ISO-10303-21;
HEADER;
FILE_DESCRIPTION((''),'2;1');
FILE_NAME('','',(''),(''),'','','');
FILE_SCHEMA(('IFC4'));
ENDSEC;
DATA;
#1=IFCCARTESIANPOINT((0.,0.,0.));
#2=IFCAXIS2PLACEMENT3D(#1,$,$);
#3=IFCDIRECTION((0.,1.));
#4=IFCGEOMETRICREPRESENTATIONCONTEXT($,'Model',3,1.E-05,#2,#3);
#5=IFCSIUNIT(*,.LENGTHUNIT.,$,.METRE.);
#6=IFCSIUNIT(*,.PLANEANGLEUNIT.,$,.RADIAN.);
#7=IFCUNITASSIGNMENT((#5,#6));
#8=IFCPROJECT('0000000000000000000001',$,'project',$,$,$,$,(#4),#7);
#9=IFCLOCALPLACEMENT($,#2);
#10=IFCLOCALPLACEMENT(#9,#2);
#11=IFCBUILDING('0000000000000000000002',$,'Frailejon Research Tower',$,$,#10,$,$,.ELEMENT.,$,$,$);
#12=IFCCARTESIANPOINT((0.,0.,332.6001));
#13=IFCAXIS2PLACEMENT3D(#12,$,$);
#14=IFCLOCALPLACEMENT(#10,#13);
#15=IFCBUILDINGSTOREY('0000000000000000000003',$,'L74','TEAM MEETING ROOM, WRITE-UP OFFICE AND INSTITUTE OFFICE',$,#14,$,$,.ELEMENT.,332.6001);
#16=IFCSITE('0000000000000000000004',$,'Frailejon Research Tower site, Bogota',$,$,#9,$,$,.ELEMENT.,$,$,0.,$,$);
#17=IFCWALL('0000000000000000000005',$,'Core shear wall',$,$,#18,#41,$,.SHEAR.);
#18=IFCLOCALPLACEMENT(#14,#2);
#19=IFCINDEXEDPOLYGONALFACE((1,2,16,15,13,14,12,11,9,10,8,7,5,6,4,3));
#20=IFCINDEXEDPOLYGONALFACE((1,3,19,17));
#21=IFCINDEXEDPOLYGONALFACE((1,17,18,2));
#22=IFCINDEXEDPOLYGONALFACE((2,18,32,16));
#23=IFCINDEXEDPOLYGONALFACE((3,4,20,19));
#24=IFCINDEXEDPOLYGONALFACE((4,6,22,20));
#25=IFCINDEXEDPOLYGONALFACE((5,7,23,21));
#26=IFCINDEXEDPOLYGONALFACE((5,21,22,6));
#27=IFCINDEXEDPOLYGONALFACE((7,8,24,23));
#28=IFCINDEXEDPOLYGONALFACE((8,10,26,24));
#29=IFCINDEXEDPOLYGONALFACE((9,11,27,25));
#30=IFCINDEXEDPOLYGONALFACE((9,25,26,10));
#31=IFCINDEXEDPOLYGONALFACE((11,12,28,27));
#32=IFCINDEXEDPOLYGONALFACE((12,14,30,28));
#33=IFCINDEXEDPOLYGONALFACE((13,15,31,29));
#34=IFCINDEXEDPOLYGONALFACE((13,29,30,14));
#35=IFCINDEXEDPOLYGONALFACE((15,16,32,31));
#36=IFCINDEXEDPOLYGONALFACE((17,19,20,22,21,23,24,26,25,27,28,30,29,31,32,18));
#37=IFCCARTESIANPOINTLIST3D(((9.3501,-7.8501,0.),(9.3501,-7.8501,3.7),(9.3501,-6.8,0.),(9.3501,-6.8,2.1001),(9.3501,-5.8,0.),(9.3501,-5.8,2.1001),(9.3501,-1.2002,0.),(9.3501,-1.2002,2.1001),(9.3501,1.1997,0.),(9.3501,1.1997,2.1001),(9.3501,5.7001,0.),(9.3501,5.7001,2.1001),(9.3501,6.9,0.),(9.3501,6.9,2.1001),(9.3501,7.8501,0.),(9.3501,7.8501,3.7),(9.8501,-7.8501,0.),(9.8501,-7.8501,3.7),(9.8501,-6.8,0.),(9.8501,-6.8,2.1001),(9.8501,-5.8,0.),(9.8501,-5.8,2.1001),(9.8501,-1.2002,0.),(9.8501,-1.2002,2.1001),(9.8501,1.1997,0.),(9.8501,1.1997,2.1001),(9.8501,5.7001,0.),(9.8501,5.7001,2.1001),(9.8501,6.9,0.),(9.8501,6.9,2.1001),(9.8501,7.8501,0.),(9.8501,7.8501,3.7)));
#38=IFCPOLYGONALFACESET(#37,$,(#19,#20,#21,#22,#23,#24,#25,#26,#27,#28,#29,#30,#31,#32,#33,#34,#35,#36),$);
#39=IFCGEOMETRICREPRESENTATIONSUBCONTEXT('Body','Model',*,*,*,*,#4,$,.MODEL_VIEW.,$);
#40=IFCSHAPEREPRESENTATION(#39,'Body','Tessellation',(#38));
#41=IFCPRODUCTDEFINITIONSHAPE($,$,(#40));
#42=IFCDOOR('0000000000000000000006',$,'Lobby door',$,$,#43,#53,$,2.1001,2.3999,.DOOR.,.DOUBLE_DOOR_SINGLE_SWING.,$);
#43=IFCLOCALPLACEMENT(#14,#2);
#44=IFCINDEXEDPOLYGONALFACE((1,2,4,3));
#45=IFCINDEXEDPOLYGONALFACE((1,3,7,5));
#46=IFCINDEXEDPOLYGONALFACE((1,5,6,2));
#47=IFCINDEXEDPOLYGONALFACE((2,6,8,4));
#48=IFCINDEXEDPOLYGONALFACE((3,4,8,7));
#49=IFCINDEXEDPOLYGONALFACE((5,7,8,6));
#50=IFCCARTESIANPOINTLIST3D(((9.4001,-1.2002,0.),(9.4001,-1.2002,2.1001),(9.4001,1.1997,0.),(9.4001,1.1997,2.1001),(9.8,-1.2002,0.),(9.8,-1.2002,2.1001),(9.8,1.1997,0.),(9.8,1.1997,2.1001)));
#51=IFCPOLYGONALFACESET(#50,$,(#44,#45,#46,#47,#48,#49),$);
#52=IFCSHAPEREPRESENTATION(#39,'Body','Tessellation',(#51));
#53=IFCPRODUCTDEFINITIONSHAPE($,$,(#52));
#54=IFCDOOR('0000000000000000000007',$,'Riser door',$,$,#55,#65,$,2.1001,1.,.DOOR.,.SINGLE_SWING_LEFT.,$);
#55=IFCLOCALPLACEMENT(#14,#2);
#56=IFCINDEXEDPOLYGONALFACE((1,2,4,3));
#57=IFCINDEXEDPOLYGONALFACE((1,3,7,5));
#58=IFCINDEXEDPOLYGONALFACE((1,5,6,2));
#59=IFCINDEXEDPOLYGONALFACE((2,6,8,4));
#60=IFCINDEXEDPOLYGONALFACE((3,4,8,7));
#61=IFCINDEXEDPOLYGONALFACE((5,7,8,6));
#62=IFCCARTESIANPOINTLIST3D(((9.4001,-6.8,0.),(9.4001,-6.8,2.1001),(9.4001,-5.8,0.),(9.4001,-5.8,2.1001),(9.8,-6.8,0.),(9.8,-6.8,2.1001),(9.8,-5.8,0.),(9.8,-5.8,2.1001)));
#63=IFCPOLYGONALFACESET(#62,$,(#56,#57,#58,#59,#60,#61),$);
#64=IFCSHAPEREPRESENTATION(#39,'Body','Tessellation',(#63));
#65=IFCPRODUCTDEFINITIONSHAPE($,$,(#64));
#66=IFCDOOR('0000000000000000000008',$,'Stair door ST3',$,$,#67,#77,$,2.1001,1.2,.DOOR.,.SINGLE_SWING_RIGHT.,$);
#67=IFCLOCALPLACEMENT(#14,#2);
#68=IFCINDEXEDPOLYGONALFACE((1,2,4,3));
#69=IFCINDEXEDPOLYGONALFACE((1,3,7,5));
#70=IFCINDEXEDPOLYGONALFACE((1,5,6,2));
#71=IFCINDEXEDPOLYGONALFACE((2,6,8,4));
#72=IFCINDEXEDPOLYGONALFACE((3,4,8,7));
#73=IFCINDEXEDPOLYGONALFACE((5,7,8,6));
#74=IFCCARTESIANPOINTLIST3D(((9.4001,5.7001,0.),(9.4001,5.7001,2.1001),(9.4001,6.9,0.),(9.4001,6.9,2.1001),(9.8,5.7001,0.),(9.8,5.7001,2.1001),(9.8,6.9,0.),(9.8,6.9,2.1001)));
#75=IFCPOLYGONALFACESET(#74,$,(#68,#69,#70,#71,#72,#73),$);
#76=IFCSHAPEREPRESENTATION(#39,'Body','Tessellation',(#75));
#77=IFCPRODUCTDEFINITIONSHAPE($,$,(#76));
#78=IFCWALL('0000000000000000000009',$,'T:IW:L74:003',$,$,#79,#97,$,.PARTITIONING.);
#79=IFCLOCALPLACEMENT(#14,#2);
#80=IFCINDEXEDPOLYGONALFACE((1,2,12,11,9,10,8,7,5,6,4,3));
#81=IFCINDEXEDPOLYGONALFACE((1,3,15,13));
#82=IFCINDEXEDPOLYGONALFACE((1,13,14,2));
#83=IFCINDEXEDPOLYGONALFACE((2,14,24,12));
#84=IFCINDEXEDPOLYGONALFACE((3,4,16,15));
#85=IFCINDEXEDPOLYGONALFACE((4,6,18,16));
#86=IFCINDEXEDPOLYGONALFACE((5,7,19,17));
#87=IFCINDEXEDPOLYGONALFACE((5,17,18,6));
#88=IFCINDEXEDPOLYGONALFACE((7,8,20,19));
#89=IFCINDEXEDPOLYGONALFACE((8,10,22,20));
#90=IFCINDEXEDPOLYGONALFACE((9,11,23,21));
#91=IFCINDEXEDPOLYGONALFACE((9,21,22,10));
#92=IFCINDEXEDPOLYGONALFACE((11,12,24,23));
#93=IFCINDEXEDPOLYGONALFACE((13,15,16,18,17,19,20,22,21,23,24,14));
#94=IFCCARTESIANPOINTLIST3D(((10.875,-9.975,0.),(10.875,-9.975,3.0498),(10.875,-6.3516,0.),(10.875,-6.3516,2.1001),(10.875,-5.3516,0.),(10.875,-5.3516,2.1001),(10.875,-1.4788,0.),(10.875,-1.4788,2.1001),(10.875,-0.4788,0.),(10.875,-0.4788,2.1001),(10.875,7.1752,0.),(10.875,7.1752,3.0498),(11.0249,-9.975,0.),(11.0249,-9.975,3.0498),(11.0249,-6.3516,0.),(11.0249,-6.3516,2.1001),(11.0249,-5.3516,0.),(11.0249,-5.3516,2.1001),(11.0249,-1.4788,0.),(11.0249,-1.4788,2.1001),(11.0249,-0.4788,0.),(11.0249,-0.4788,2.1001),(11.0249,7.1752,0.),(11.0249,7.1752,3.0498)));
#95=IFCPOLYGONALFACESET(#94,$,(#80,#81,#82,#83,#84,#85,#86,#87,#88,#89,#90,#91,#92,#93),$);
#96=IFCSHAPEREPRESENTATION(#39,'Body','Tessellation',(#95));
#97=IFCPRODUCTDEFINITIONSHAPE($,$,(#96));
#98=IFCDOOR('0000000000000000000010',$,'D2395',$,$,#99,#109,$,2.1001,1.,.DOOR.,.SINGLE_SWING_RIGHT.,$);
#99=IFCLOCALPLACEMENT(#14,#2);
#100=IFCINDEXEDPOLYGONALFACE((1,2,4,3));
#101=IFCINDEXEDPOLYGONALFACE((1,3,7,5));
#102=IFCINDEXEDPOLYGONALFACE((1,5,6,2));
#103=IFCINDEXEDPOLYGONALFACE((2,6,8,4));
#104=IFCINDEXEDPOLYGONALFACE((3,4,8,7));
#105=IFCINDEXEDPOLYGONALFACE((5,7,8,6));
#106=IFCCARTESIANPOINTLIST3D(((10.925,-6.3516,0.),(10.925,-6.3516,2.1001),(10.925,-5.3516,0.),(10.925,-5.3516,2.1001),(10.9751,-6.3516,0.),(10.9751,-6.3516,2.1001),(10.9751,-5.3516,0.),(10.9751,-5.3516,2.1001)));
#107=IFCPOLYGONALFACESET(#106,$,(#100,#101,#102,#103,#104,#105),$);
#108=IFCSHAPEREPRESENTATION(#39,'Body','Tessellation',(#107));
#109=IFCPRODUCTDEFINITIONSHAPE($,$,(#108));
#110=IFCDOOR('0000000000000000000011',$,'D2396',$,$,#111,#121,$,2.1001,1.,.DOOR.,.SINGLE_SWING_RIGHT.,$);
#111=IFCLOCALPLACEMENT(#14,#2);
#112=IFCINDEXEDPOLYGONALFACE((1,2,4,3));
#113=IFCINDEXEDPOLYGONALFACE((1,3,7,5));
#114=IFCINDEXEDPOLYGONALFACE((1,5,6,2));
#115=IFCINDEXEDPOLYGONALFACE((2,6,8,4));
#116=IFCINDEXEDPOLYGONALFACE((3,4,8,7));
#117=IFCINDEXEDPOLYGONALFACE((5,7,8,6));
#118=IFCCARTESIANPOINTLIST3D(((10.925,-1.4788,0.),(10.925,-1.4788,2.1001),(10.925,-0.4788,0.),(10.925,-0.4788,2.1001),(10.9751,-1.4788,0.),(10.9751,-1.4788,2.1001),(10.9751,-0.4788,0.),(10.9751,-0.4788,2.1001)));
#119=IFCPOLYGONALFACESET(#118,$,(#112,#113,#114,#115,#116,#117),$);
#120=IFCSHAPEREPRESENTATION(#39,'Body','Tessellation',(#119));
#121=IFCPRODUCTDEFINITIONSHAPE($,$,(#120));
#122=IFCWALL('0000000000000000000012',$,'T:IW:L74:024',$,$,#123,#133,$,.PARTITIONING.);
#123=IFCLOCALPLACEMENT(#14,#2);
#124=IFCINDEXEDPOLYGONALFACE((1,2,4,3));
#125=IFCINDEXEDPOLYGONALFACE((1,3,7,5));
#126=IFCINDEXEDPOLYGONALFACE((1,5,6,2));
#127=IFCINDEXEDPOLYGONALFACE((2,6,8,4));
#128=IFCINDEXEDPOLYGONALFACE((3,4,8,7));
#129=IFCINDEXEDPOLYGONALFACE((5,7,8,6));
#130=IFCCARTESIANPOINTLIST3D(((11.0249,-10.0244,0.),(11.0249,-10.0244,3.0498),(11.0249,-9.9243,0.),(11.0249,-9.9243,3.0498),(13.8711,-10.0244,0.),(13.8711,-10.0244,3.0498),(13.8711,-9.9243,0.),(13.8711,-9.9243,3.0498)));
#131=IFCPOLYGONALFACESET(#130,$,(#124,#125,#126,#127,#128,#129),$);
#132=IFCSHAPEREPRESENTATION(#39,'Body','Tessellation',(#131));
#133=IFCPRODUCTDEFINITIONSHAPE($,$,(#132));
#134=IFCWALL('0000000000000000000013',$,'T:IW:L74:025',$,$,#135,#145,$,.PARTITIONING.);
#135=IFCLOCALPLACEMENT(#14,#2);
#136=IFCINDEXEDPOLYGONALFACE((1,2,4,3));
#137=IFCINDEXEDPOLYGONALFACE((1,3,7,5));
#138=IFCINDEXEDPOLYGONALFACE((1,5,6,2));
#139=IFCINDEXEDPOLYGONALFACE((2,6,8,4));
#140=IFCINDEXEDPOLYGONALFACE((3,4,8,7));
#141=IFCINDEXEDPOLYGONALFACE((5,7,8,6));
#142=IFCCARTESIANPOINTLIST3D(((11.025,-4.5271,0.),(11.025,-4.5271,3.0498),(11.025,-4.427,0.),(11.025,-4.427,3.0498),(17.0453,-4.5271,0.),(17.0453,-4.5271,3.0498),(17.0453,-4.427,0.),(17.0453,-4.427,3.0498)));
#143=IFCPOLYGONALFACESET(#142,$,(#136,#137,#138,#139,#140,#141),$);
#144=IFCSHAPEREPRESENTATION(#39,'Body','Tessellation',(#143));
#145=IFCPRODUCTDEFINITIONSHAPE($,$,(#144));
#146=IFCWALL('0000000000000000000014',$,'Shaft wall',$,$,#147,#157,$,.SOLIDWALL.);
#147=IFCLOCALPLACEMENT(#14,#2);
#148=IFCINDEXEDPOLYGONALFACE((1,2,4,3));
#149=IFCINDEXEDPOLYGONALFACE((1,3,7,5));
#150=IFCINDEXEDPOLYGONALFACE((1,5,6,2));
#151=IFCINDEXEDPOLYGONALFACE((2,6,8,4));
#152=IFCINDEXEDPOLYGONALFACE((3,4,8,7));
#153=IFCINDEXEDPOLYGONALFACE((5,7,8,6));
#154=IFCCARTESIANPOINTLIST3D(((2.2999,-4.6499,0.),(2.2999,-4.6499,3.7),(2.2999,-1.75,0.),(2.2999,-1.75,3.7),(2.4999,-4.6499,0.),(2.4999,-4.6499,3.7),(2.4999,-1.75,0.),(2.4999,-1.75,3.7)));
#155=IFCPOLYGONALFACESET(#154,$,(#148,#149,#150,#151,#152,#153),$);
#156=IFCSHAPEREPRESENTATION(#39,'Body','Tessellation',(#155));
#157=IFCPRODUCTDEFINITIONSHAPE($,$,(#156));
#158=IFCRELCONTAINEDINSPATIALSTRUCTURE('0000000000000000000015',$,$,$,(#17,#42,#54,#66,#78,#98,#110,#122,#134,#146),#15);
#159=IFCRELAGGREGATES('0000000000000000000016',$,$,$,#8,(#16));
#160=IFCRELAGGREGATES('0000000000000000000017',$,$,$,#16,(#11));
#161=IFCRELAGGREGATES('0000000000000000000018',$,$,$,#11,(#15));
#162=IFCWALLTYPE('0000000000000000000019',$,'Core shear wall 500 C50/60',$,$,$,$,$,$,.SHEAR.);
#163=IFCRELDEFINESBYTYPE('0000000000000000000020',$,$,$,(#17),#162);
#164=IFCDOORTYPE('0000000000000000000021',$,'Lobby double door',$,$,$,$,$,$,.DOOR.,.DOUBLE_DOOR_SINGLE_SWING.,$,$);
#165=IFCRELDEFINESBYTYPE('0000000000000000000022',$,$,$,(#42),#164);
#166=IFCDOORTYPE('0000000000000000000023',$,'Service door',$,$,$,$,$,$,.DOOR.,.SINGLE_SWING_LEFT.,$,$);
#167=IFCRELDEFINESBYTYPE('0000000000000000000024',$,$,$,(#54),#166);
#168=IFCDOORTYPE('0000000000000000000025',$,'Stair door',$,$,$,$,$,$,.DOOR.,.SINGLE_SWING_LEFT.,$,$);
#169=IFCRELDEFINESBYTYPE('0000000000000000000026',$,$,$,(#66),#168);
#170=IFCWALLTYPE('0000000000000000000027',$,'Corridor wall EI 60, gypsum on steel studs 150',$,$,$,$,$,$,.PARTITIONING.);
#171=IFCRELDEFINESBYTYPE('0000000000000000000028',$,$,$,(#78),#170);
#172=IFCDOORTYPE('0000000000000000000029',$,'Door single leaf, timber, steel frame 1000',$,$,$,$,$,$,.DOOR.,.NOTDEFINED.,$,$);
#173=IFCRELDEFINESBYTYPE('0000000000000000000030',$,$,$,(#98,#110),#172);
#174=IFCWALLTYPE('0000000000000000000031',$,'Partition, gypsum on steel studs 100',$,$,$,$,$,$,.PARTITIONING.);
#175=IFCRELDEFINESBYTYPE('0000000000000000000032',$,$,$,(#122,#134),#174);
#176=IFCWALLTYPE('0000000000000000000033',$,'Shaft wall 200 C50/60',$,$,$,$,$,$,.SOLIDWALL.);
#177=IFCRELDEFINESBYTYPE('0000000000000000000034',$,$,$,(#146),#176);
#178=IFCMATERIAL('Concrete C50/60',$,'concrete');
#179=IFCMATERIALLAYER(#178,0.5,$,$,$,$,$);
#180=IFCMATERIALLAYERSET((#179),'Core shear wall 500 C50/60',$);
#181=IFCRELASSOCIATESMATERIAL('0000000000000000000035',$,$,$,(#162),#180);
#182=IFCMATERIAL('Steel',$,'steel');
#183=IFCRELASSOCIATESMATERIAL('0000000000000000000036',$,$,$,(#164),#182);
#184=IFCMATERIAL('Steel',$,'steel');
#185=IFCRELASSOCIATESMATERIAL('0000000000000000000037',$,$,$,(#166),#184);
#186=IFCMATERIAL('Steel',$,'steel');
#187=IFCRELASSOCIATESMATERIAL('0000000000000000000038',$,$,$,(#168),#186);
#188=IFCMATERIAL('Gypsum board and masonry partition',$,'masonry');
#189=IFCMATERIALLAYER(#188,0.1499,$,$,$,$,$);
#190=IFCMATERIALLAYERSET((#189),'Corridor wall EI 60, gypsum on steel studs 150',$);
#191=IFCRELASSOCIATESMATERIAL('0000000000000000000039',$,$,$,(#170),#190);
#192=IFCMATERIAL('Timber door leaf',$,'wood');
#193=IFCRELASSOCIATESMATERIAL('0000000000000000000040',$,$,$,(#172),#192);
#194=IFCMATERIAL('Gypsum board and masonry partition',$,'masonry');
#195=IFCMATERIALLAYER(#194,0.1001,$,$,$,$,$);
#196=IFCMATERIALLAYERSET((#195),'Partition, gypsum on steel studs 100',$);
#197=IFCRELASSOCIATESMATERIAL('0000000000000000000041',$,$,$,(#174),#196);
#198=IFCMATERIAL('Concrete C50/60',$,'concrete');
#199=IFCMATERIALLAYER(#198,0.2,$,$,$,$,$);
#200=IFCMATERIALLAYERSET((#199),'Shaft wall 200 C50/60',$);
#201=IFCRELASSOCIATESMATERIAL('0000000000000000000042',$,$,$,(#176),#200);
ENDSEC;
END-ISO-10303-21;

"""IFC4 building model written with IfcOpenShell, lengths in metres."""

from ifc_helpers import new_model, si_unit, direction, frame, frame_2d, origin, place, context, subcontext, project, spatial, rectangle, extrude, material, layer, layer_set, type_object, element, fill, save


model = new_model("IFC4")

# Units and contexts
model_context = context("Model", 3, precision=1e-05, world=origin(), true_north=direction((0.0, 1.0)))
body_context = subcontext(model_context, "Body", "Model", "MODEL_VIEW")
ifc_project = project(units=[si_unit("LENGTHUNIT", "METRE"), si_unit("PLANEANGLEUNIT", "RADIAN")], contexts=[model_context])

# Site, building, storey
site_placement = place(None, origin())
site = spatial("IfcSite", under=ifc_project, at=site_placement, Name="Frailejon Research Tower site, Bogota", CompositionType="ELEMENT", RefElevation=0.0)
building_placement = place(site_placement, origin())
building = spatial("IfcBuilding", under=site, at=building_placement, Name="Frailejon Research Tower", CompositionType="ELEMENT")
storey_placement = place(building_placement, frame((0.0, 0.0, 332.6001)))
storey = spatial("IfcBuildingStorey", under=building, at=storey_placement, Name="L74", Description="TEAM MEETING ROOM, WRITE-UP OFFICE AND INSTITUTE OFFICE", CompositionType="ELEMENT", Elevation=332.6001)

# Walls, openings, doors
ifc_material_1 = material(Name="Concrete C50/60", Category="concrete")
ifc_layer_1 = layer(ifc_material_1, 0.5)
ifc_layer_set_1 = layer_set([ifc_layer_1], Name="Core shear wall 500 C50/60")
wall_type_1 = type_object("IfcWallType", Name="Core shear wall 500 C50/60", PredefinedType="SHEAR", material=ifc_layer_set_1)
wall_1_placement = place(storey_placement, frame((9.6001, -7.8501, 0.0), z_axis=(0.0, 0.0, 1.0), x_axis=(0.0, 1.0, 0.0)))
wall_1 = element("IfcWall", 1, at=wall_1_placement, inside=storey, type_object=wall_type_1, Name="Core shear wall", PredefinedType="SHEAR", context=body_context, shape_type="SweptSolid", body=[
    extrude(rectangle(XDim=15.7002, YDim=0.5, at=frame_2d((7.8501, 0.0))), origin(), (0.0, 0.0, 1.0), 3.7),
])
opening_1_placement = place(wall_1_placement, frame((6.6499, 0.0, 0.0)))
opening_1 = element("IfcOpeningElement", 2, at=opening_1_placement, cuts=wall_1, PredefinedType="OPENING", context=body_context, shape_type="SweptSolid", body=[
    extrude(rectangle(XDim=2.3999, YDim=2.1001, at=frame_2d((1.2, 1.05))), frame((0.0, 0.26, 0.0), z_axis=(0.0, -1.0, 0.0), x_axis=(1.0, 0.0, 0.0)), (0.0, 0.0, 1.0), 0.52),
])
opening_2_placement = place(wall_1_placement, frame((13.55, 0.0, 0.0)))
opening_2 = element("IfcOpeningElement", 3, at=opening_2_placement, cuts=wall_1, PredefinedType="OPENING", context=body_context, shape_type="SweptSolid", body=[
    extrude(rectangle(XDim=1.2, YDim=2.1001, at=frame_2d((0.6001, 1.05))), frame((0.0, 0.26, 0.0), z_axis=(0.0, -1.0, 0.0), x_axis=(1.0, 0.0, 0.0)), (0.0, 0.0, 1.0), 0.52),
])
opening_3_placement = place(wall_1_placement, frame((1.05, 0.0, 0.0)))
opening_3 = element("IfcOpeningElement", 4, at=opening_3_placement, cuts=wall_1, PredefinedType="OPENING", context=body_context, shape_type="SweptSolid", body=[
    extrude(rectangle(XDim=1.0, YDim=2.1001, at=frame_2d((0.5, 1.05))), frame((0.0, 0.26, 0.0), z_axis=(0.0, -1.0, 0.0), x_axis=(1.0, 0.0, 0.0)), (0.0, 0.0, 1.0), 0.52),
])
ifc_material_2 = material(Name="Steel", Category="steel")
door_type_1 = type_object("IfcDoorType", Name="Lobby double door", OperationType="DOUBLE_DOOR_SINGLE_SWING", PredefinedType="DOOR", material=ifc_material_2)
door_1_placement = place(opening_1_placement, origin())
door_1 = element("IfcDoor", 5, at=door_1_placement, inside=storey, type_object=door_type_1, Name="Lobby door", OperationType="DOUBLE_DOOR_SINGLE_SWING", OverallHeight=2.1001, OverallWidth=2.3999, PredefinedType="DOOR", context=body_context, shape_type="SweptSolid", body=[
    extrude(rectangle(XDim=2.3999, YDim=2.1001, at=frame_2d((1.2, 1.05))), frame((0.0, 0.2, 0.0), z_axis=(0.0, -1.0, 0.0), x_axis=(1.0, 0.0, 0.0)), (0.0, 0.0, 1.0), 0.3999),
])
fill(opening_1, door_1)
ifc_material_3 = material(Name="Steel", Category="steel")
door_type_2 = type_object("IfcDoorType", Name="Service door", OperationType="SINGLE_SWING_LEFT", PredefinedType="DOOR", material=ifc_material_3)
door_2_placement = place(opening_3_placement, origin())
door_2 = element("IfcDoor", 6, at=door_2_placement, inside=storey, type_object=door_type_2, Name="Riser door", OperationType="SINGLE_SWING_LEFT", OverallHeight=2.1001, OverallWidth=1.0, PredefinedType="DOOR", context=body_context, shape_type="SweptSolid", body=[
    extrude(rectangle(XDim=1.0, YDim=2.1001, at=frame_2d((0.5, 1.05))), frame((0.0, 0.2, 0.0), z_axis=(0.0, -1.0, 0.0), x_axis=(1.0, 0.0, 0.0)), (0.0, 0.0, 1.0), 0.3999),
])
fill(opening_3, door_2)
ifc_material_4 = material(Name="Steel", Category="steel")
door_type_3 = type_object("IfcDoorType", Name="Stair door", OperationType="SINGLE_SWING_LEFT", PredefinedType="DOOR", material=ifc_material_4)
door_3_placement = place(opening_2_placement, origin())
door_3 = element("IfcDoor", 7, at=door_3_placement, inside=storey, type_object=door_type_3, Name="Stair door ST3", OperationType="SINGLE_SWING_RIGHT", OverallHeight=2.1001, OverallWidth=1.2, PredefinedType="DOOR", context=body_context, shape_type="SweptSolid", body=[
    extrude(rectangle(XDim=1.2, YDim=2.1001, at=frame_2d((0.6001, 1.05))), frame((0.0, 0.2, 0.0), z_axis=(0.0, -1.0, 0.0), x_axis=(1.0, 0.0, 0.0)), (0.0, 0.0, 1.0), 0.3999),
])
fill(opening_2, door_3)
ifc_material_5 = material(Name="Gypsum board and masonry partition", Category="masonry")
ifc_layer_2 = layer(ifc_material_5, 0.1499)
ifc_layer_set_2 = layer_set([ifc_layer_2], Name="Corridor wall EI 60, gypsum on steel studs 150")
wall_type_2 = type_object("IfcWallType", Name="Corridor wall EI 60, gypsum on steel studs 150", PredefinedType="PARTITIONING", material=ifc_layer_set_2)
wall_2_placement = place(storey_placement, frame((10.95, -9.9751, 0.0), z_axis=(0.0, 0.0, 1.0), x_axis=(0.0, 1.0, 0.0)))
wall_2 = element("IfcWall", 8, at=wall_2_placement, inside=storey, type_object=wall_type_2, Name="T:IW:L74:003", PredefinedType="PARTITIONING", context=body_context, shape_type="SweptSolid", body=[
    extrude(rectangle(XDim=17.1501, YDim=0.1499, at=frame_2d((8.5752, 0.0))), origin(), (0.0, 0.0, 1.0), 3.0498),
])
opening_4_placement = place(wall_2_placement, frame((3.6235, 0.0, 0.0)))
opening_4 = element("IfcOpeningElement", 9, at=opening_4_placement, cuts=wall_2, PredefinedType="OPENING", context=body_context, shape_type="SweptSolid", body=[
    extrude(rectangle(XDim=1.0, YDim=2.1001, at=frame_2d((0.5, 1.05))), frame((0.0, 0.085, 0.0), z_axis=(0.0, -1.0, 0.0), x_axis=(1.0, 0.0, 0.0)), (0.0, 0.0, 1.0), 0.1699),
])
opening_5_placement = place(wall_2_placement, frame((8.4963, 0.0, 0.0)))
opening_5 = element("IfcOpeningElement", 10, at=opening_5_placement, cuts=wall_2, PredefinedType="OPENING", context=body_context, shape_type="SweptSolid", body=[
    extrude(rectangle(XDim=1.0, YDim=2.1001, at=frame_2d((0.5, 1.05))), frame((0.0, 0.085, 0.0), z_axis=(0.0, -1.0, 0.0), x_axis=(1.0, 0.0, 0.0)), (0.0, 0.0, 1.0), 0.1699),
])
ifc_material_6 = material(Name="Timber door leaf", Category="wood")
door_type_4 = type_object("IfcDoorType", Name="Door single leaf, timber, steel frame 1000", OperationType="NOTDEFINED", PredefinedType="DOOR", material=ifc_material_6)
door_4_placement = place(opening_4_placement, origin())
door_4 = element("IfcDoor", 11, at=door_4_placement, inside=storey, type_object=door_type_4, Name="D2395", OperationType="SINGLE_SWING_RIGHT", OverallHeight=2.1001, OverallWidth=1.0, PredefinedType="DOOR", context=body_context, shape_type="SweptSolid", body=[
    extrude(rectangle(XDim=1.0, YDim=2.1001, at=frame_2d((0.5, 1.05))), frame((0.0, 0.0249, 0.0), z_axis=(0.0, -1.0, 0.0), x_axis=(1.0, 0.0, 0.0)), (0.0, 0.0, 1.0), 0.05),
])
fill(opening_4, door_4)
door_5_placement = place(opening_5_placement, origin())
door_5 = element("IfcDoor", 12, at=door_5_placement, inside=storey, type_object=door_type_4, Name="D2396", OperationType="SINGLE_SWING_RIGHT", OverallHeight=2.1001, OverallWidth=1.0, PredefinedType="DOOR", context=body_context, shape_type="SweptSolid", body=[
    extrude(rectangle(XDim=1.0, YDim=2.1001, at=frame_2d((0.5, 1.05))), frame((0.0, 0.0249, 0.0), z_axis=(0.0, -1.0, 0.0), x_axis=(1.0, 0.0, 0.0)), (0.0, 0.0, 1.0), 0.05),
])
fill(opening_5, door_5)

# Walls
ifc_material_7 = material(Name="Gypsum board and masonry partition", Category="masonry")
ifc_layer_3 = layer(ifc_material_7, 0.1001)
ifc_layer_set_3 = layer_set([ifc_layer_3], Name="Partition, gypsum on steel studs 100")
wall_type_3 = type_object("IfcWallType", Name="Partition, gypsum on steel studs 100", PredefinedType="PARTITIONING", material=ifc_layer_set_3)
wall_3_placement = place(storey_placement, frame((11.0249, -9.9744, 0.0), z_axis=(0.0, 0.0, 1.0), x_axis=(1.0, 0.0, 0.0)))
element("IfcWall", 13, at=wall_3_placement, inside=storey, type_object=wall_type_3, Name="T:IW:L74:024", PredefinedType="PARTITIONING", context=body_context, shape_type="SweptSolid", body=[
    extrude(rectangle(XDim=2.8462, YDim=0.1001, at=frame_2d((1.4231, 0.0))), origin(), (0.0, 0.0, 1.0), 3.0498),
])
wall_4_placement = place(storey_placement, frame((11.0249, -4.4771, 0.0), z_axis=(0.0, 0.0, 1.0), x_axis=(1.0, 0.0, 0.0)))
element("IfcWall", 14, at=wall_4_placement, inside=storey, type_object=wall_type_3, Name="T:IW:L74:025", PredefinedType="PARTITIONING", context=body_context, shape_type="SweptSolid", body=[
    extrude(rectangle(XDim=6.0203, YDim=0.1001, at=frame_2d((3.0103, 0.0))), origin(), (0.0, 0.0, 1.0), 3.0498),
])
ifc_material_8 = material(Name="Concrete C50/60", Category="concrete")
ifc_layer_4 = layer(ifc_material_8, 0.2)
ifc_layer_set_4 = layer_set([ifc_layer_4], Name="Shaft wall 200 C50/60")
wall_type_4 = type_object("IfcWallType", Name="Shaft wall 200 C50/60", PredefinedType="SOLIDWALL", material=ifc_layer_set_4)
for number, where, z_axis, x_axis, name in (
    (15, (2.3999, -4.6499, 0.0), (0.0, 0.0, 1.0), (0.0, 1.0, 0.0), "Shaft wall"),
):
    element("IfcWall", number, at=place(storey_placement, frame(where, z_axis=z_axis, x_axis=x_axis)), inside=storey, type_object=wall_type_4, Name=name, PredefinedType="SOLIDWALL", context=body_context, shape_type="SweptSolid", body=[
        extrude(rectangle(XDim=2.8999, YDim=0.2, at=frame_2d((1.45, 0.0))), origin(), (0.0, 0.0, 1.0), 3.7),
    ])

save(model, "model.ifc")
